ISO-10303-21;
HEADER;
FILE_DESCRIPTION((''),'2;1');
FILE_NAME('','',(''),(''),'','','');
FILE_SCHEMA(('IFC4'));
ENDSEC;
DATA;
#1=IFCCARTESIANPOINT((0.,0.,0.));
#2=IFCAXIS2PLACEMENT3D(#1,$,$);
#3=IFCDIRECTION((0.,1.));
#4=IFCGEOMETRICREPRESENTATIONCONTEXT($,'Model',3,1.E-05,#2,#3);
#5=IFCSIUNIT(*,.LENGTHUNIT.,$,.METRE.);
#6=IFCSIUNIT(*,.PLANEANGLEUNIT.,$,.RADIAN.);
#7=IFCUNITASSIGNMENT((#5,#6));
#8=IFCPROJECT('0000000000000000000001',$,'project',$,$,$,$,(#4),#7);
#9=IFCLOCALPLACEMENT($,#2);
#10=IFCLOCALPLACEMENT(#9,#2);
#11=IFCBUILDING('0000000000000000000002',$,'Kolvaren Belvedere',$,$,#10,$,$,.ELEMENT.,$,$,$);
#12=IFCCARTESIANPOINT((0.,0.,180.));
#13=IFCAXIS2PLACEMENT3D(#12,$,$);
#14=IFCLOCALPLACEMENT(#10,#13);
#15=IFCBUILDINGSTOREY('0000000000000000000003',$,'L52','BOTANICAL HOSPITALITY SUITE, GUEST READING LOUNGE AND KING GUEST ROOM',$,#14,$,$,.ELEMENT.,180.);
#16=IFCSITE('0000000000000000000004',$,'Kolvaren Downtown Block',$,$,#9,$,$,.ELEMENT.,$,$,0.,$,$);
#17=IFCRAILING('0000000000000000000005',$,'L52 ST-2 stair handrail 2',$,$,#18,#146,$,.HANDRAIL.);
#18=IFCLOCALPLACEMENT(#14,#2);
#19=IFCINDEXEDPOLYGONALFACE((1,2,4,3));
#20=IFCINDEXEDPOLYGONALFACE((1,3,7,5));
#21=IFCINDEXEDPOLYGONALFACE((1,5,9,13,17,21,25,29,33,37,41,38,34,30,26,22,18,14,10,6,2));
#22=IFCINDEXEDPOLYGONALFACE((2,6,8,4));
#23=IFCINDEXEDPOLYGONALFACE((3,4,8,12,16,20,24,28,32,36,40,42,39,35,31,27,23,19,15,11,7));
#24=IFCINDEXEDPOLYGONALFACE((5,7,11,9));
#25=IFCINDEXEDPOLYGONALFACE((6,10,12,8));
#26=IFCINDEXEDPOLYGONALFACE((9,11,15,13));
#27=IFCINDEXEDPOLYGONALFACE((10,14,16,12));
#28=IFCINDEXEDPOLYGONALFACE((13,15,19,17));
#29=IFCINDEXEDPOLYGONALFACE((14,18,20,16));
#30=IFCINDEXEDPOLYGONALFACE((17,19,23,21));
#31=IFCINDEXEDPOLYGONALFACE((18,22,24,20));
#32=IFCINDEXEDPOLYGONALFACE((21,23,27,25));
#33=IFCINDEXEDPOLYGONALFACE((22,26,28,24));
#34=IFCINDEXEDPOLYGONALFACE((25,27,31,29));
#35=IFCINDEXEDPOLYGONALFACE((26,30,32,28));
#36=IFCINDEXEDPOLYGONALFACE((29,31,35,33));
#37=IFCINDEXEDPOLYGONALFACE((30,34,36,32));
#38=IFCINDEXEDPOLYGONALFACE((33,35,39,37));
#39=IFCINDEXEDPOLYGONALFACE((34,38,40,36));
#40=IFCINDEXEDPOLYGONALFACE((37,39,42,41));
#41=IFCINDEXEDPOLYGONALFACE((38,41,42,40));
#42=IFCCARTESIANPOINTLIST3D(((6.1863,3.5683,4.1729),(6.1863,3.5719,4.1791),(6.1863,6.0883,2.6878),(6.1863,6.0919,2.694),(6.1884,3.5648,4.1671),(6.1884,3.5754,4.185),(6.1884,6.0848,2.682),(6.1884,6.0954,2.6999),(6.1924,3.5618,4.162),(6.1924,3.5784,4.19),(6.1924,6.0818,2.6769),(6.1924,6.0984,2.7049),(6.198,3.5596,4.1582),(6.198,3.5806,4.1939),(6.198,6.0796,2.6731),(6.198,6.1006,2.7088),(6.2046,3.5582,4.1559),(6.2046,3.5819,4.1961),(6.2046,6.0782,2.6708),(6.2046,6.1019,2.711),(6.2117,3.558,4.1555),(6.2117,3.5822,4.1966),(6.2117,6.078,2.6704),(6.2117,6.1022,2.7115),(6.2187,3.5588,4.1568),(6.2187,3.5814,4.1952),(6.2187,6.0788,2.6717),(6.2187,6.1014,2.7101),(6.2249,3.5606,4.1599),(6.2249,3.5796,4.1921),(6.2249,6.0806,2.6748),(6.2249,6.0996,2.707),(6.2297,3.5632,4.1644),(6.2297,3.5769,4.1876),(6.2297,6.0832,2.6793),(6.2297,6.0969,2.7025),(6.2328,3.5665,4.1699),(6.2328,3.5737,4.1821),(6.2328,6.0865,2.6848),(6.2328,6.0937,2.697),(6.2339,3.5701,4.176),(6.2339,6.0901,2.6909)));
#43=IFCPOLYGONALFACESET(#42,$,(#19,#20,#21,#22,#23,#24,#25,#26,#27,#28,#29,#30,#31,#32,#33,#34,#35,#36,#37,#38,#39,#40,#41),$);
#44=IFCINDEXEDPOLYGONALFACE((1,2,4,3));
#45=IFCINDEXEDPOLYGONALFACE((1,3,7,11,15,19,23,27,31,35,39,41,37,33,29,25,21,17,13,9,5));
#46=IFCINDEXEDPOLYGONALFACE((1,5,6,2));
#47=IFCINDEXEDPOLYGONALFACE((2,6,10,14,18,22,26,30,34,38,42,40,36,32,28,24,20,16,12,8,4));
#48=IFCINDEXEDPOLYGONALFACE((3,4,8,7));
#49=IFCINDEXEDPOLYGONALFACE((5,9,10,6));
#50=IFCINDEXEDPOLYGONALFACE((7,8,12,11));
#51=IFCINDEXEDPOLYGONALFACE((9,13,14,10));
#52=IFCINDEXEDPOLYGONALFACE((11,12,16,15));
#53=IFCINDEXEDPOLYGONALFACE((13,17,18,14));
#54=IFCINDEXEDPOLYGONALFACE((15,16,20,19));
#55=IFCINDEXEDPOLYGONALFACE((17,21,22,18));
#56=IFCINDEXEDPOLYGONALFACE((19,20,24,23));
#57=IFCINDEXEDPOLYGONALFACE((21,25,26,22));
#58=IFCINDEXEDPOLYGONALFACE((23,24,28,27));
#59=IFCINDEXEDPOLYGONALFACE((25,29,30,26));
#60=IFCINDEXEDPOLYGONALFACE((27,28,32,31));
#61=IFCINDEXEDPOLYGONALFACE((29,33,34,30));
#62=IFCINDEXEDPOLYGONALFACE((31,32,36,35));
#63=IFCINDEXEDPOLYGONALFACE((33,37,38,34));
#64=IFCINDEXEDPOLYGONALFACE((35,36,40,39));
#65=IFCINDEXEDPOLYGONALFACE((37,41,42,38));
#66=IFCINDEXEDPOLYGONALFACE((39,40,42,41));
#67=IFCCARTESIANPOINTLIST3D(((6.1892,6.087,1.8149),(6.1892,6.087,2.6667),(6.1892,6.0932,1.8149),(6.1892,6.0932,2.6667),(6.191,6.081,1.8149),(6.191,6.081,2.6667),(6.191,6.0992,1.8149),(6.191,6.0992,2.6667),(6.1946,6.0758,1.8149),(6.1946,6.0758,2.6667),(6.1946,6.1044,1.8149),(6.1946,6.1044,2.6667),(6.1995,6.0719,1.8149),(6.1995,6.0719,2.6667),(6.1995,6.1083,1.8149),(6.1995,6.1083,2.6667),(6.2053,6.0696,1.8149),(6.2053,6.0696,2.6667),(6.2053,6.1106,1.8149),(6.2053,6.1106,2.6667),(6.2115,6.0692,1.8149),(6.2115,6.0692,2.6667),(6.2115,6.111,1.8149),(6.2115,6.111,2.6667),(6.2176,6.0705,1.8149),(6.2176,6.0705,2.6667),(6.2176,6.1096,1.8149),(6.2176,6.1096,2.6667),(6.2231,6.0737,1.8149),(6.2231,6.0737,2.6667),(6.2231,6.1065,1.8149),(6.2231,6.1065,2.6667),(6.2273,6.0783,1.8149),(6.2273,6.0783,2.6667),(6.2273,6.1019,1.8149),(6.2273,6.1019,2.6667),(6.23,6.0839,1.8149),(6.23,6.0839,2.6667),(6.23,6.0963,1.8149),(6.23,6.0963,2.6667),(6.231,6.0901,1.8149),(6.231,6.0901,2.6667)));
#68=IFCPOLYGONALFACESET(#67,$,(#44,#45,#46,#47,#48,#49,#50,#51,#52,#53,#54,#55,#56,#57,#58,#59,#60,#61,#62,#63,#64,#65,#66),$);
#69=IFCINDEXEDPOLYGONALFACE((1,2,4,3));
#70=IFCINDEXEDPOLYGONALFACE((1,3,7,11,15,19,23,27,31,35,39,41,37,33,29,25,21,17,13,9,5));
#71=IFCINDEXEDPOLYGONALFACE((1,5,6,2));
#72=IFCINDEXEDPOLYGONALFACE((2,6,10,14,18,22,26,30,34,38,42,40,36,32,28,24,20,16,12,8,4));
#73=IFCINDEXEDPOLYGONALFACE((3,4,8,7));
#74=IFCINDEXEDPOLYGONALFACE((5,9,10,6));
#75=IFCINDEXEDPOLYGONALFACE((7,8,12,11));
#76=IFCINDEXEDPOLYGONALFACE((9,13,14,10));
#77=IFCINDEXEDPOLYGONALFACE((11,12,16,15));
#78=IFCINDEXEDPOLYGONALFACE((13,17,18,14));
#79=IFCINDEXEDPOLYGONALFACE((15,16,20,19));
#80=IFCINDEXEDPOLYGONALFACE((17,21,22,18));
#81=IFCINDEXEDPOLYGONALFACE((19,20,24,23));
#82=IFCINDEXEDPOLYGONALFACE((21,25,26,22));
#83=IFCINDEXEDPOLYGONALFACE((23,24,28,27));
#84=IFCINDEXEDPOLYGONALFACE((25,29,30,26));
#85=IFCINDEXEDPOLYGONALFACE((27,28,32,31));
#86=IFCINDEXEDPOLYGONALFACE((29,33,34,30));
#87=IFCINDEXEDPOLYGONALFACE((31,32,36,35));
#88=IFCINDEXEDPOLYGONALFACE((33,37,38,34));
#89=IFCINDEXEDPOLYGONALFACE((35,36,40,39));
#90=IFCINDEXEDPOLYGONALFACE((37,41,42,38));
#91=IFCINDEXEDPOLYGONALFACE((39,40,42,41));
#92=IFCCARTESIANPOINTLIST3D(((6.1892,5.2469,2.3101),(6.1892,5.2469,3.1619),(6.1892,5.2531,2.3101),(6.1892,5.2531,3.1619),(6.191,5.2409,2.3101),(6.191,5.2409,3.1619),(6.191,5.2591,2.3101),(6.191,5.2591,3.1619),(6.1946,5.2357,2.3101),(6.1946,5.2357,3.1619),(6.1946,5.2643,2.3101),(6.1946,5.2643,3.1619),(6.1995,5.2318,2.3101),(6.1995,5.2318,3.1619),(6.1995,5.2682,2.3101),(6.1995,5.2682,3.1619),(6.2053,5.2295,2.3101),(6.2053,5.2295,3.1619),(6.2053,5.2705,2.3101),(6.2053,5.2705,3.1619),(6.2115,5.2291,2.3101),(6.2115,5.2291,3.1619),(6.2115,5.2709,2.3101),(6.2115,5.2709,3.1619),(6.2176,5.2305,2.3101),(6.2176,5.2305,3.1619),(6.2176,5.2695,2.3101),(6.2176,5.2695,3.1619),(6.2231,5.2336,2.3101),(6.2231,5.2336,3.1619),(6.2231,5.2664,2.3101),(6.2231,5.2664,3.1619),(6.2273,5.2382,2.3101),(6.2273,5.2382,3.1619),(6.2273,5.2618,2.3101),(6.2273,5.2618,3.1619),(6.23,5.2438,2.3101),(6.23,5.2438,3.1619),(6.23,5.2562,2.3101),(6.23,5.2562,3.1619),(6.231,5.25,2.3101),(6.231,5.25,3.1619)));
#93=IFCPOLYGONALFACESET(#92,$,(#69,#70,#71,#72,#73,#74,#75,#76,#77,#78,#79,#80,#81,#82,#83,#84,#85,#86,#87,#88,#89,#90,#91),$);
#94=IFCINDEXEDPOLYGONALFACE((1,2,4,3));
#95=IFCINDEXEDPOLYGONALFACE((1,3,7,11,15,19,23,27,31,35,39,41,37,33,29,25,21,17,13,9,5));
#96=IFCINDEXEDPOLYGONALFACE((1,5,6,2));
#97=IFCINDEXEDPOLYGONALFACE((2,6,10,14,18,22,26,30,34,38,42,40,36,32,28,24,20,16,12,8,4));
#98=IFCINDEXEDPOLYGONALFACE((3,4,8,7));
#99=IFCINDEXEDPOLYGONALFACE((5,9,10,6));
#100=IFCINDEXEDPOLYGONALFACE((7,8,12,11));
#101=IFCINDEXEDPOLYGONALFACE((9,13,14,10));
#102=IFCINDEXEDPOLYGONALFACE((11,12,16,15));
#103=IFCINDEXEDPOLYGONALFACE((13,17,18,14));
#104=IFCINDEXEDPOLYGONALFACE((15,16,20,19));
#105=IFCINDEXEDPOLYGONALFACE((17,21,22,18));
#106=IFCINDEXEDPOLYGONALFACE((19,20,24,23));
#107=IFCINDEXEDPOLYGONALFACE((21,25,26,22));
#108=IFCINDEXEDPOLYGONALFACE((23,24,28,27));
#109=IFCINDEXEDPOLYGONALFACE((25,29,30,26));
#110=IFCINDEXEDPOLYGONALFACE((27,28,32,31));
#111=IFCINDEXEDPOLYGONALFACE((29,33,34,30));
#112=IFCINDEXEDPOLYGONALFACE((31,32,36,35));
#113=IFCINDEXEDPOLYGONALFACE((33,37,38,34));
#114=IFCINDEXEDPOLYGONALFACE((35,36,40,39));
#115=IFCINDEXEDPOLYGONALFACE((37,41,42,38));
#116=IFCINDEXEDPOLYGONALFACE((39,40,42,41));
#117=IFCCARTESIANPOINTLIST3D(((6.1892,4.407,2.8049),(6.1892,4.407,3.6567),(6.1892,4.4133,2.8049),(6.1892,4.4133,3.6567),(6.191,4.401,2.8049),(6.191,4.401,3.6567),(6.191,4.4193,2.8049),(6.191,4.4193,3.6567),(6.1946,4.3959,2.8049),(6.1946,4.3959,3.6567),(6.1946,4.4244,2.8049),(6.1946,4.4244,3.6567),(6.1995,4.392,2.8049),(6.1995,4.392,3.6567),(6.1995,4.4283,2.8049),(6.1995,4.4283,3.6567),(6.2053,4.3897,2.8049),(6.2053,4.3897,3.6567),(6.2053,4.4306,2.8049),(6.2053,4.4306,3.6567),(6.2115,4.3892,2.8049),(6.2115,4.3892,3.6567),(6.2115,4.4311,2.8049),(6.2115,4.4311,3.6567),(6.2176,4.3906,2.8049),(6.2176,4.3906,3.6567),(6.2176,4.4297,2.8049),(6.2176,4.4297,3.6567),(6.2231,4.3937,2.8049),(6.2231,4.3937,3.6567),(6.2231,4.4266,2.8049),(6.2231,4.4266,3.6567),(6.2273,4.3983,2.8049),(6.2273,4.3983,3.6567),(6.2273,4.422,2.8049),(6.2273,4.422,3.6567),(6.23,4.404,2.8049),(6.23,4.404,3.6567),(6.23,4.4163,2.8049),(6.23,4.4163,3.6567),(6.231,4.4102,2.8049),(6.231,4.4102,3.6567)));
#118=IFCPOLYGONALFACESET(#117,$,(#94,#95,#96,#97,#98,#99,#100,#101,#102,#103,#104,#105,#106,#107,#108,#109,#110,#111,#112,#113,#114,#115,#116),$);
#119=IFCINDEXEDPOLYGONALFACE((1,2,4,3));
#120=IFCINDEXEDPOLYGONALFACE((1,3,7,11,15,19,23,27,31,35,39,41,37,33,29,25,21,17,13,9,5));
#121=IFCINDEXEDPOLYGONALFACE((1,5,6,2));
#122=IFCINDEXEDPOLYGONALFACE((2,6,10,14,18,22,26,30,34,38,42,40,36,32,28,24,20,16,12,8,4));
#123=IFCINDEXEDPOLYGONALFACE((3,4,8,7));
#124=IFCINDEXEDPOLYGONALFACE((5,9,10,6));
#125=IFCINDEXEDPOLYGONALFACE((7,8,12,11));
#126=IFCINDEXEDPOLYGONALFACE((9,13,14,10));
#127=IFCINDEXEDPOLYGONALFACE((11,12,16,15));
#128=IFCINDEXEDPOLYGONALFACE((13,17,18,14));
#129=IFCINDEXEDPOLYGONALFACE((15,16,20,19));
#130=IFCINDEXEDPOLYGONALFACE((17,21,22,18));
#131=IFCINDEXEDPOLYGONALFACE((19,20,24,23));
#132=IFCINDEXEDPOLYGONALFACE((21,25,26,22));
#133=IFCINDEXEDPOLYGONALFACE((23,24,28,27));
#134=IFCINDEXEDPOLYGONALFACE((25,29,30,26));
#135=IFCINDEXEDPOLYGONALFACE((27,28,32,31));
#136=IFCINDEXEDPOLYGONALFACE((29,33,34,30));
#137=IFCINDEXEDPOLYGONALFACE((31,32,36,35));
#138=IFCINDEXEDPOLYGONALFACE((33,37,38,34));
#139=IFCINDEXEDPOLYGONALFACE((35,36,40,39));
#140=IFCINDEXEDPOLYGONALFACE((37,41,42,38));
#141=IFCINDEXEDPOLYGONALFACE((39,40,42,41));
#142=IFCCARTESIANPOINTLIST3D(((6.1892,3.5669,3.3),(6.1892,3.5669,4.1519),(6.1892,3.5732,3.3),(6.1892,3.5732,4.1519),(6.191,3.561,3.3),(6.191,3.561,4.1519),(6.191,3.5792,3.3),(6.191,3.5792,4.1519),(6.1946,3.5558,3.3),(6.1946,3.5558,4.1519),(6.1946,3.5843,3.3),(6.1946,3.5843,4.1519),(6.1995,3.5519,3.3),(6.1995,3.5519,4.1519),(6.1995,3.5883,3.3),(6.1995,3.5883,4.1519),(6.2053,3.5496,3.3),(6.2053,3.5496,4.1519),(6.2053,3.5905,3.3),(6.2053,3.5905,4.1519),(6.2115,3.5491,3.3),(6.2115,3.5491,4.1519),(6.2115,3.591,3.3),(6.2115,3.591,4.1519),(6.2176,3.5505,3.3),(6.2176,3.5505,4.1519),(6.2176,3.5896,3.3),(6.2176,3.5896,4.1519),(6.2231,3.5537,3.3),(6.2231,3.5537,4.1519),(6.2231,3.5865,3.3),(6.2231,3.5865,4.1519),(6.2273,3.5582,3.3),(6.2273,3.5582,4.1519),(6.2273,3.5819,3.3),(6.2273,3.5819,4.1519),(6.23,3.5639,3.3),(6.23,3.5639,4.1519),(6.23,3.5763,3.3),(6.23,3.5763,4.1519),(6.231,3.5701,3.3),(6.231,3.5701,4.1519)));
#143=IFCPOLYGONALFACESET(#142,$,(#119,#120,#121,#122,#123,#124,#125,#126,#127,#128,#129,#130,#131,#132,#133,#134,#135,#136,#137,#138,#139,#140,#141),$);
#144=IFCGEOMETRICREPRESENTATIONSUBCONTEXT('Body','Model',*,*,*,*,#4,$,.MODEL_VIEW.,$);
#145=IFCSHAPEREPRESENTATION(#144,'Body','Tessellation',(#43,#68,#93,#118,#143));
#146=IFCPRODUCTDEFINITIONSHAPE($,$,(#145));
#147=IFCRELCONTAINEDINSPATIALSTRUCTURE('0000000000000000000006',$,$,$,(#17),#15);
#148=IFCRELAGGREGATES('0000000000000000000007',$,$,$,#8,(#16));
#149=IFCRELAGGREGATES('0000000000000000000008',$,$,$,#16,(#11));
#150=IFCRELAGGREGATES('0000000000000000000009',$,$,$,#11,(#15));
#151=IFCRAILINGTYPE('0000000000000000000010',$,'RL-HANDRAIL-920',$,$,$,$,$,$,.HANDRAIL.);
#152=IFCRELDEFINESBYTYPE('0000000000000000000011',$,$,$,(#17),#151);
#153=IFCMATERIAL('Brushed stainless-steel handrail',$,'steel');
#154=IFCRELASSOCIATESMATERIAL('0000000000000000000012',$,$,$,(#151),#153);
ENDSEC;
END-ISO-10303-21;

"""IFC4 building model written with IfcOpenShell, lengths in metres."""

from ifc_helpers import new_model, si_unit, direction, frame, origin, origin_2d, place, context, subcontext, project, spatial, circle, extrude, material, type_object, element, save


model = new_model("IFC4")

# Units and contexts
model_context = context("Model", 3, precision=1e-05, world=origin(), true_north=direction((0.0, 1.0)))
body_context = subcontext(model_context, "Body", "Model", "MODEL_VIEW")
ifc_project = project(units=[si_unit("LENGTHUNIT", "METRE"), si_unit("PLANEANGLEUNIT", "RADIAN")], contexts=[model_context])

# Site, building, storey
site_placement = place(None, origin())
site = spatial("IfcSite", under=ifc_project, at=site_placement, Name="Kolvaren Downtown Block", CompositionType="ELEMENT", RefElevation=0.0)
building_placement = place(site_placement, origin())
building = spatial("IfcBuilding", under=site, at=building_placement, Name="Kolvaren Belvedere", CompositionType="ELEMENT")
storey_placement = place(building_placement, frame((0.0, 0.0, 180.0)))
storey = spatial("IfcBuildingStorey", under=building, at=storey_placement, Name="L52", Description="BOTANICAL HOSPITALITY SUITE, GUEST READING LOUNGE AND KING GUEST ROOM", CompositionType="ELEMENT", Elevation=180.0)

# Railing
ifc_material_1 = material(Name="Brushed stainless-steel handrail", Category="steel")
railing_type_1 = type_object("IfcRailingType", Name="RL-HANDRAIL-920", PredefinedType="HANDRAIL", material=ifc_material_1)
railing_1_placement = place(storey_placement, frame((6.21, 6.0901, 1.8149)))
element("IfcRailing", 1, at=railing_1_placement, inside=storey, type_object=railing_type_1, Name="L52 ST-2 stair handrail 2", PredefinedType="HANDRAIL", context=body_context, shape_type="SweptSolid", body=[
    extrude(circle(Radius=0.0239, at=origin_2d()), frame((0.0, 0.0, 0.876), z_axis=(0.0, -0.861524, 0.507717), x_axis=(1.0, 0.0, 0.0)), (0.0, 0.0, 1.0), 2.925),
    extrude(circle(Radius=0.021, at=origin_2d()), origin(), (0.0, 0.0, 1.0), 0.8518),
    extrude(circle(Radius=0.021, at=origin_2d()), frame((0.0, -0.8401, 0.4951)), (0.0, 0.0, 1.0), 0.8518),
    extrude(circle(Radius=0.021, at=origin_2d()), frame((0.0, -1.6799, 0.99)), (0.0, 0.0, 1.0), 0.8518),
    extrude(circle(Radius=0.021, at=origin_2d()), frame((0.0, -2.52, 1.4851)), (0.0, 0.0, 1.0), 0.8518),
])

save(model, "model.ifc")
